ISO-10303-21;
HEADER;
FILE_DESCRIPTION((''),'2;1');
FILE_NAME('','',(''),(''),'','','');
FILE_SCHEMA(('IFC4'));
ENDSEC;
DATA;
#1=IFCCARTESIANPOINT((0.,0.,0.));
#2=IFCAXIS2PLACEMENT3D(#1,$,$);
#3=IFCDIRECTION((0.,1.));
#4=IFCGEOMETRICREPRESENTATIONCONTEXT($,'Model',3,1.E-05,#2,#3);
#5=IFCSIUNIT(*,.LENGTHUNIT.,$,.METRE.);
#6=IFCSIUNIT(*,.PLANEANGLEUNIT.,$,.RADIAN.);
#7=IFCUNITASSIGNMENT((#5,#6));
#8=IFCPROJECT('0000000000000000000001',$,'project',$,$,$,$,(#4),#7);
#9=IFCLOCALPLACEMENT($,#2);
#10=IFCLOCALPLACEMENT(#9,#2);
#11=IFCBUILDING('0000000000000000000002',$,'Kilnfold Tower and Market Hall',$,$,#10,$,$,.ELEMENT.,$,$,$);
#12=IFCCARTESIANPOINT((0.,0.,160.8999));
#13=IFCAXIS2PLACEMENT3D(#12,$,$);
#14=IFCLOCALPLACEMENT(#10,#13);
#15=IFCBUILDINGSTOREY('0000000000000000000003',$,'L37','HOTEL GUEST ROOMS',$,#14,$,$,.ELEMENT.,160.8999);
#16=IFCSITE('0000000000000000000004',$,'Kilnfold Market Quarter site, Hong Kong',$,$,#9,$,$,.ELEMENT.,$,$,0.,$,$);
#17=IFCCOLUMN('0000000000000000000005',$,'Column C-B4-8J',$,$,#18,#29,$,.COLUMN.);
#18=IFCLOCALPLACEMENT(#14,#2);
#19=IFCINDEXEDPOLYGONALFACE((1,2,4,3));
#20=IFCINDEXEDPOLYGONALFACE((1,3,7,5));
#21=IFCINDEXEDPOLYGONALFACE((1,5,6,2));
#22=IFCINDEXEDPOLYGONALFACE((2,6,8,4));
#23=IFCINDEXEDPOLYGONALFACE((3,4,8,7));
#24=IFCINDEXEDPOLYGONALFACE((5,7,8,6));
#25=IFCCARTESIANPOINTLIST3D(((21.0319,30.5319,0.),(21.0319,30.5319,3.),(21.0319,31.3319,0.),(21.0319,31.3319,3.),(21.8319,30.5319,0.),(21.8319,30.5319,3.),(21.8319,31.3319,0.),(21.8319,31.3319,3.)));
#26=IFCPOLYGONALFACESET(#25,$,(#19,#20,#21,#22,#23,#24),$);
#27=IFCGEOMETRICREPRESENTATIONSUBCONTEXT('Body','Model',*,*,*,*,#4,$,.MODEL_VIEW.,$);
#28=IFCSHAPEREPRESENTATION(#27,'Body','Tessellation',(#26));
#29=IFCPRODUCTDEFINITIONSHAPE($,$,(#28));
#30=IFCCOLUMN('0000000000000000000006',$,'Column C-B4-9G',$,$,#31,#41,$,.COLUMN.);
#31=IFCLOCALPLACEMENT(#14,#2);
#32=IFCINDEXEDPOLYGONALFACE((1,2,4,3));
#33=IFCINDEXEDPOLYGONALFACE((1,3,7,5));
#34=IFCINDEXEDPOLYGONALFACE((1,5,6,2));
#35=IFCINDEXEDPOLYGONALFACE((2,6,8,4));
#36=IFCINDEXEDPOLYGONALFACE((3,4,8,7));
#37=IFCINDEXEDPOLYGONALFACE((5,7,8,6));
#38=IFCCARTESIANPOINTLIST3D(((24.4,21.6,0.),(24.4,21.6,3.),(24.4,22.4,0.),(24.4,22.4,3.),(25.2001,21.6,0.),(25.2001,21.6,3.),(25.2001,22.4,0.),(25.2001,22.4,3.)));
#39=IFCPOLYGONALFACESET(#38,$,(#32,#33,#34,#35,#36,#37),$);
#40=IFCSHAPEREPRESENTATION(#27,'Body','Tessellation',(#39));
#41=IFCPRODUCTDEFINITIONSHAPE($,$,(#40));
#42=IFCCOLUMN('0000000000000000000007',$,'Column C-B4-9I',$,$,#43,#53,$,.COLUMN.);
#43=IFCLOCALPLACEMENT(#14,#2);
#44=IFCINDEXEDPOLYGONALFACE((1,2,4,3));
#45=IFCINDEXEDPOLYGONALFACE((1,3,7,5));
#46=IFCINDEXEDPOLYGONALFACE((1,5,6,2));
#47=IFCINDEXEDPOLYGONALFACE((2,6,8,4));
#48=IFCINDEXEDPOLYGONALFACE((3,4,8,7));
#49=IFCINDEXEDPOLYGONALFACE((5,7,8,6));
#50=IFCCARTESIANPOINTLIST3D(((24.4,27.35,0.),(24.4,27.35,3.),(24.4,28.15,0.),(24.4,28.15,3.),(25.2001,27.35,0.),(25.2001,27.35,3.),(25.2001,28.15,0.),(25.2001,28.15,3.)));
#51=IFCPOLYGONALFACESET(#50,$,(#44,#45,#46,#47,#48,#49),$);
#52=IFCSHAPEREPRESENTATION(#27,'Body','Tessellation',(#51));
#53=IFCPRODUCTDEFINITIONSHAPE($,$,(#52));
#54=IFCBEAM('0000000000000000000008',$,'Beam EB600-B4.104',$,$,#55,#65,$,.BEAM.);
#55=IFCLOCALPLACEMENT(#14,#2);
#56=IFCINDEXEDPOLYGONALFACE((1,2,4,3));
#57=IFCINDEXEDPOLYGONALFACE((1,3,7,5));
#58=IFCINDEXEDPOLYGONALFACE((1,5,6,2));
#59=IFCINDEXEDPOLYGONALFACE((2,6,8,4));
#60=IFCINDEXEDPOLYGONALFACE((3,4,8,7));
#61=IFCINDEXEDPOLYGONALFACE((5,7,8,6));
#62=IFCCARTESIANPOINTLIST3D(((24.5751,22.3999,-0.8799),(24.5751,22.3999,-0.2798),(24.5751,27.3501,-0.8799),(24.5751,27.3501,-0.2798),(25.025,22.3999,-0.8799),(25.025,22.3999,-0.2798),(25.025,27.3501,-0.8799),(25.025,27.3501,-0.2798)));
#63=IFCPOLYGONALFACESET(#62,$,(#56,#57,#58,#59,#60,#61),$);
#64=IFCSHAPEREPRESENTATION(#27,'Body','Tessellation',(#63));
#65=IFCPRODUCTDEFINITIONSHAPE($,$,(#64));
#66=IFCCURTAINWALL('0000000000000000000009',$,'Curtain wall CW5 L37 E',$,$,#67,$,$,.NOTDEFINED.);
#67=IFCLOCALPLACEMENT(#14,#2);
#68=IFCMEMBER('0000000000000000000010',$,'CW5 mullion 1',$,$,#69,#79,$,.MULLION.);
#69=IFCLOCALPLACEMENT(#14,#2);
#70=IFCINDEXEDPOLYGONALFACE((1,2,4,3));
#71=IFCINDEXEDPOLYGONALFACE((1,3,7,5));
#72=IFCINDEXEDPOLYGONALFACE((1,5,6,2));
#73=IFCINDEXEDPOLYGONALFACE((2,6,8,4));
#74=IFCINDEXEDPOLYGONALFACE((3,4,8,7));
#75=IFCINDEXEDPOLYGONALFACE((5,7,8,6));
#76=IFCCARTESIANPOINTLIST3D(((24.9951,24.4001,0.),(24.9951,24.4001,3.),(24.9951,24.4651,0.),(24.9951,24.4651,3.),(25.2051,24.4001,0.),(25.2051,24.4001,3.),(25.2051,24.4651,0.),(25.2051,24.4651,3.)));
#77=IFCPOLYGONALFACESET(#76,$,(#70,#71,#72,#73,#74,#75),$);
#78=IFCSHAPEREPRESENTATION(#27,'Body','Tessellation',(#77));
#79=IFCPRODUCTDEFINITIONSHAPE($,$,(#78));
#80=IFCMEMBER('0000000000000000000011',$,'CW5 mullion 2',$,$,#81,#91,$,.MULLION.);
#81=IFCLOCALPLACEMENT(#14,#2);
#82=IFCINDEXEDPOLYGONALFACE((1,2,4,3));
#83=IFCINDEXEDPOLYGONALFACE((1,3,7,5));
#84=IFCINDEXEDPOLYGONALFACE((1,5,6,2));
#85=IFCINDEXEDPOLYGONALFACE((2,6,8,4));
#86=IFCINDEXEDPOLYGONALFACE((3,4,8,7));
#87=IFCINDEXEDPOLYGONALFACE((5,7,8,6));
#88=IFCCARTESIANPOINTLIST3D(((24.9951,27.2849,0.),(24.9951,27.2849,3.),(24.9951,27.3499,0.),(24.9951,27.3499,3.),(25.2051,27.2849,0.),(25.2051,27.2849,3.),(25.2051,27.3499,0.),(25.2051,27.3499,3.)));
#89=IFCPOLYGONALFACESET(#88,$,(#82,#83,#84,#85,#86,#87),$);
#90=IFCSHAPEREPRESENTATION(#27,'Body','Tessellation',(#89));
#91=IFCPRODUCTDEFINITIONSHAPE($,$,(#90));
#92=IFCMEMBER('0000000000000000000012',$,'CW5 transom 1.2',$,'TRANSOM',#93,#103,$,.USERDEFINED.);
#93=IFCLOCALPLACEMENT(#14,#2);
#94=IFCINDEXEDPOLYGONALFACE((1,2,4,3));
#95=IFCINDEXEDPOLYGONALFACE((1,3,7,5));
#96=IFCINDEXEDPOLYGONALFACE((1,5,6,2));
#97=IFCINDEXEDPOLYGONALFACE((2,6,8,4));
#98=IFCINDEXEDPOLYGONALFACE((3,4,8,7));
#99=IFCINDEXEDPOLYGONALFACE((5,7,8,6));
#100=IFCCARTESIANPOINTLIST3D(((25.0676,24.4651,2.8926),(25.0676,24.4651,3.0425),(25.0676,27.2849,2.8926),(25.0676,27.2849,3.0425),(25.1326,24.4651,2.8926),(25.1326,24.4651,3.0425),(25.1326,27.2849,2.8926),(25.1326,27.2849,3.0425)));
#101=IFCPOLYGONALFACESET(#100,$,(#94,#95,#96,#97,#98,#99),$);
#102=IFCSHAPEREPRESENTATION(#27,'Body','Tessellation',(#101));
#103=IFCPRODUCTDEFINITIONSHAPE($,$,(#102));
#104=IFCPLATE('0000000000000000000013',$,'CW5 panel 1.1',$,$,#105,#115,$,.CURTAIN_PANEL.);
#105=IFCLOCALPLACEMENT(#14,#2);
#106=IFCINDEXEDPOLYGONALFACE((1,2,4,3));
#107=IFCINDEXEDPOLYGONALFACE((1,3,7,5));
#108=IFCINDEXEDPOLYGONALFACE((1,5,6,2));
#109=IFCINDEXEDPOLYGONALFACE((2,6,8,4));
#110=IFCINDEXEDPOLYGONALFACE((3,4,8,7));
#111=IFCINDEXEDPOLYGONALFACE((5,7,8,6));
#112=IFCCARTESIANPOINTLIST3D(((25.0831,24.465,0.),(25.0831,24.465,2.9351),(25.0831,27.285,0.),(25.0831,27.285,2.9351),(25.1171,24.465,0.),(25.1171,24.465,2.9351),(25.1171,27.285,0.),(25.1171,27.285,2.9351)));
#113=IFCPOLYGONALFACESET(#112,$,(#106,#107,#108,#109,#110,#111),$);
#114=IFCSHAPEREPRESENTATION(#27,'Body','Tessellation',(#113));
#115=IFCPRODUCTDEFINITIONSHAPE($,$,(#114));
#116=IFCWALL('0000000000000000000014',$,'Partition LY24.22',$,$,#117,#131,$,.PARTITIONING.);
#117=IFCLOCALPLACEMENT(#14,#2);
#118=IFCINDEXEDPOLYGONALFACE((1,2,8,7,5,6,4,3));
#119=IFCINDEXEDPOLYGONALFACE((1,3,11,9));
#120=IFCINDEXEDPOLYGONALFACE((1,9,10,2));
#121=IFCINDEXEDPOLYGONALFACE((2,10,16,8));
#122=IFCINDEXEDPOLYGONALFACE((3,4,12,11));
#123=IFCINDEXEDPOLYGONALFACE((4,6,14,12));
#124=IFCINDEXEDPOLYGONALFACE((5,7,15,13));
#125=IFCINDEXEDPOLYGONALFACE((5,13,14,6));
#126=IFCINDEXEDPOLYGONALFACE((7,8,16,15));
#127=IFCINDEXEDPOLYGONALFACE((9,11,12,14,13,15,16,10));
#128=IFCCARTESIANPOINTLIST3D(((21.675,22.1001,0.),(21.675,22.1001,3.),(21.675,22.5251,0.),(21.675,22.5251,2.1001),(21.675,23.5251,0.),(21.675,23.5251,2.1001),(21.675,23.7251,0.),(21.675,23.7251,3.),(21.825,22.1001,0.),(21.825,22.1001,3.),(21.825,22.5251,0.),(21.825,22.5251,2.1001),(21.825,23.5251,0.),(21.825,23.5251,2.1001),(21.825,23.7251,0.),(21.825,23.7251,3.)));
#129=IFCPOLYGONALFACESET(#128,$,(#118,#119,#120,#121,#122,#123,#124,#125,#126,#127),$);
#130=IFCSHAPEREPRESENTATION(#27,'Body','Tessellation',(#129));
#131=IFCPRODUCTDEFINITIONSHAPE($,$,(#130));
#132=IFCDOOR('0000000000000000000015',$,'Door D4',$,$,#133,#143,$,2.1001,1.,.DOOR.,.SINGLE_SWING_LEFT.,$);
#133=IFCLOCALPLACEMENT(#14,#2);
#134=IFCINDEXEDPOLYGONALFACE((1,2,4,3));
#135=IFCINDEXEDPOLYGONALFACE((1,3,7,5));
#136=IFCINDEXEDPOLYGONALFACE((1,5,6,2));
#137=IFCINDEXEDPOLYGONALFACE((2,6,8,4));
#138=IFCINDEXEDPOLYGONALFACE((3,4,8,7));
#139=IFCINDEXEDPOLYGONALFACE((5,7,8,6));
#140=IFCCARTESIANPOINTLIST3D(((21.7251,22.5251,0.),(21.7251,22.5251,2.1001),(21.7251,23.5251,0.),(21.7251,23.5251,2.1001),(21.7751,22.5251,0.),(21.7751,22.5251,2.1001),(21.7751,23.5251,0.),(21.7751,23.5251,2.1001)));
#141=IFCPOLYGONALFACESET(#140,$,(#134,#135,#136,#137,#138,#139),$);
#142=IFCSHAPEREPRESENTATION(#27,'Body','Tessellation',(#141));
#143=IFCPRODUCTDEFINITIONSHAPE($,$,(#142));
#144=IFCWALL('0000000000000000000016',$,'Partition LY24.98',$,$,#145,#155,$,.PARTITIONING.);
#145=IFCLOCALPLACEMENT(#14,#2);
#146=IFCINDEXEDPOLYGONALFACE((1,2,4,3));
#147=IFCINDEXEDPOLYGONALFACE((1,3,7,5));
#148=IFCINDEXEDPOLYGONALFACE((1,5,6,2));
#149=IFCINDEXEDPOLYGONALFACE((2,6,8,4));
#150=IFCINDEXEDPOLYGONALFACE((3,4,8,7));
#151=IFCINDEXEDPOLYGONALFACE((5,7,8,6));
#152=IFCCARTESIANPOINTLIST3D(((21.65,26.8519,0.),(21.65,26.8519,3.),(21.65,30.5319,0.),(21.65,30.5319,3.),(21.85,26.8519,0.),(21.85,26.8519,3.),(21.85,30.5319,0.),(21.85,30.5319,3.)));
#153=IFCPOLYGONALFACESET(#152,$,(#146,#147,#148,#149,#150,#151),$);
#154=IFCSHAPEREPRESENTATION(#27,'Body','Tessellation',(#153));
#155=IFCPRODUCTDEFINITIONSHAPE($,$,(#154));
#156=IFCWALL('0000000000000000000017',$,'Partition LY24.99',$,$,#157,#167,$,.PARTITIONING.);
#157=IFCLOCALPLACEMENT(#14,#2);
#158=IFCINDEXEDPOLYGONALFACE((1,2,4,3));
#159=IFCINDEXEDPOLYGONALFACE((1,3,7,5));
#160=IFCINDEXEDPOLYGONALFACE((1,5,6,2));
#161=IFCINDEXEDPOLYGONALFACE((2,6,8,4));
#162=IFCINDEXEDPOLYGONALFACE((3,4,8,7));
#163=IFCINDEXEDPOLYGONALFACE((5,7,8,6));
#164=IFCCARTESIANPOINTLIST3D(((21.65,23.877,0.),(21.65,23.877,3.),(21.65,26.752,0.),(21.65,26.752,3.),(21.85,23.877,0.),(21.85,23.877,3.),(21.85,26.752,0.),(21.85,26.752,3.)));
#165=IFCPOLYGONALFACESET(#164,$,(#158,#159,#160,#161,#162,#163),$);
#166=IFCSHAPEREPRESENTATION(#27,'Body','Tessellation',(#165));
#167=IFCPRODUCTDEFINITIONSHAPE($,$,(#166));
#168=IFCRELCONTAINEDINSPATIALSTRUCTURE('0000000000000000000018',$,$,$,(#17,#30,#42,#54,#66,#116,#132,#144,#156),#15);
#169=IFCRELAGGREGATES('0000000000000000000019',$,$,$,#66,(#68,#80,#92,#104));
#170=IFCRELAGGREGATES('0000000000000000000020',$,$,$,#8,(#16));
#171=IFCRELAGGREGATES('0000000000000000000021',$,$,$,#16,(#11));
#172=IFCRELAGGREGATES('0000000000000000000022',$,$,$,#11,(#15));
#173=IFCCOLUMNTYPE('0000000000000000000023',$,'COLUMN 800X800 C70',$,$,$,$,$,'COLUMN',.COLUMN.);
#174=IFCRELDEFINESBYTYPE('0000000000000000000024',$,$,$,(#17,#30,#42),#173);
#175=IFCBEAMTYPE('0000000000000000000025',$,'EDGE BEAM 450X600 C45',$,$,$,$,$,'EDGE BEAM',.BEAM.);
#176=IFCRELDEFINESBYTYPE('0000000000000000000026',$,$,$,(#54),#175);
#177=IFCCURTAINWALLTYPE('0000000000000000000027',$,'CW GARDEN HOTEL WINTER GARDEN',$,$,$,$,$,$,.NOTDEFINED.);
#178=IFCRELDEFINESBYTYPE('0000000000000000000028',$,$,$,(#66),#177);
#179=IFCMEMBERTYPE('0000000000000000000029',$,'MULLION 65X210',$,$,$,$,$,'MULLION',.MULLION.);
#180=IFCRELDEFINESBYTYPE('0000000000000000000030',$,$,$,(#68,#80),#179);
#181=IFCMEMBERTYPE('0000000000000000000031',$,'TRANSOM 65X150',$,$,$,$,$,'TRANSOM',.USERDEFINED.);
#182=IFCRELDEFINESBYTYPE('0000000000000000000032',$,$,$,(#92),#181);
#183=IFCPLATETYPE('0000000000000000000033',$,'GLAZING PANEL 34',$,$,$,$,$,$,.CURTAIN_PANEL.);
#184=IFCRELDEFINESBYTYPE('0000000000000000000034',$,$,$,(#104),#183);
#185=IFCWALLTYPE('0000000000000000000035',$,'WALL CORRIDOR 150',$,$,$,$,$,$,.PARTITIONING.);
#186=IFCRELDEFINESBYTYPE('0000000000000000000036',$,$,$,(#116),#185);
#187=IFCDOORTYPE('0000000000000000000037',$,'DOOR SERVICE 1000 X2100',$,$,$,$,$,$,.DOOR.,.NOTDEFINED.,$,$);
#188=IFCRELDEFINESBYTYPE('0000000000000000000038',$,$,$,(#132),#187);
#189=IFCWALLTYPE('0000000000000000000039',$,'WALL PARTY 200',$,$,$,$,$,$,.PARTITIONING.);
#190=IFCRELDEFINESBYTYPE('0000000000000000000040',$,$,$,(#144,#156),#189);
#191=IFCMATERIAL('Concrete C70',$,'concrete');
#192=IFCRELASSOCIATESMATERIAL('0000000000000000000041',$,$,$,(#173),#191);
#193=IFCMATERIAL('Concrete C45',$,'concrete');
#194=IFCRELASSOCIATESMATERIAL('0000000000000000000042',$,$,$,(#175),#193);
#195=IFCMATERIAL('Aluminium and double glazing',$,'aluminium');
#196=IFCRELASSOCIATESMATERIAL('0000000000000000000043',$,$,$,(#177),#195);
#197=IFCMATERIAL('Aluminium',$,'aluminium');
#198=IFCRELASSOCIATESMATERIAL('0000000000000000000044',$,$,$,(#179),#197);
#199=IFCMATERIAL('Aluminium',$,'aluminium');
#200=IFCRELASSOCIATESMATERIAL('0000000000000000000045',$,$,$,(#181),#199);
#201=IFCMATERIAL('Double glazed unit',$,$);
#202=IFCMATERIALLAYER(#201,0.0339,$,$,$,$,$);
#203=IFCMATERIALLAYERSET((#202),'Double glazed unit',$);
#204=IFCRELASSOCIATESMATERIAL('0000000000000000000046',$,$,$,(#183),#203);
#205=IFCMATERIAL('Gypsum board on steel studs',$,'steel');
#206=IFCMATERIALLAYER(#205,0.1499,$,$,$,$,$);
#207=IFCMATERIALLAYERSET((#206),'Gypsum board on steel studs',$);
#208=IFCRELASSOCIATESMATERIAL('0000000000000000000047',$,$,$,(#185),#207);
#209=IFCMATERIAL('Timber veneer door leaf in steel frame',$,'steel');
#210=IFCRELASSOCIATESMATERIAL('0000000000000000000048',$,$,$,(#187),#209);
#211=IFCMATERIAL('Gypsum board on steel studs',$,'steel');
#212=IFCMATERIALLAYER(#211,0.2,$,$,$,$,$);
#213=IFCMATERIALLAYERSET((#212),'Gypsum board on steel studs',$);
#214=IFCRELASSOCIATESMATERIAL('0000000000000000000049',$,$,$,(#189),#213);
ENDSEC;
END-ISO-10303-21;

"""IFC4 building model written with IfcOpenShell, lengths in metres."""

from ifc_helpers import new_model, si_unit, direction, frame, frame_2d, origin, origin_2d, place, context, subcontext, project, spatial, rectangle, extrude, source, transform, mapped, material, layer, layer_set, material_profile, profile_set, type_object, element, fill, aggregate, save


model = new_model("IFC4")

# Units and contexts
model_context = context("Model", 3, precision=1e-05, world=origin(), true_north=direction((0.0, 1.0)))
body_context = subcontext(model_context, "Body", "Model", "MODEL_VIEW")
ifc_project = project(units=[si_unit("LENGTHUNIT", "METRE"), si_unit("PLANEANGLEUNIT", "RADIAN")], contexts=[model_context])

# Site, building, storey
site_placement = place(None, origin())
site = spatial("IfcSite", under=ifc_project, at=site_placement, Name="Kilnfold Market Quarter site, Hong Kong", CompositionType="ELEMENT", RefElevation=0.0)
building_placement = place(site_placement, origin())
building = spatial("IfcBuilding", under=site, at=building_placement, Name="Kilnfold Tower and Market Hall", CompositionType="ELEMENT")
storey_placement = place(building_placement, frame((0.0, 0.0, 160.8999)))
storey = spatial("IfcBuildingStorey", under=building, at=storey_placement, Name="L37", Description="HOTEL GUEST ROOMS", CompositionType="ELEMENT", Elevation=160.8999)

# Columns
ifc_material_1 = material(Name="Concrete C70", Category="concrete")
ifc_material_profile_1 = material_profile(ifc_material_1, rectangle(XDim=0.8, YDim=0.8, at=origin_2d()), Name="RC 800x800")
ifc_profile_set_1 = profile_set([ifc_material_profile_1], Name="Concrete C70")
column_type = type_object("IfcColumnType", Name="COLUMN 800X800 C70", ElementType="COLUMN", PredefinedType="COLUMN", material=ifc_profile_set_1)
shared_shape_1 = source(origin(), body_context, "Body", "SweptSolid", [
    extrude(rectangle(XDim=0.8, YDim=0.8, at=origin_2d()), origin(), (0.0, 0.0, 1.0), 3.0),
])
for number, where, z_axis, x_axis, name in (
    (1, (21.4319, 30.9319, 0.0), (0.0, 0.0, 1.0), (1.0, 0.0, 0.0), "Column C-B4-8J"),
    (2, (24.8, 22.0, 0.0), (0.0, 0.0, 1.0), (1.0, 0.0, 0.0), "Column C-B4-9G"),
    (3, (24.8, 27.75, 0.0), (0.0, 0.0, 1.0), (1.0, 0.0, 0.0), "Column C-B4-9I"),
):
    element("IfcColumn", number, at=place(storey_placement, frame(where, z_axis=z_axis, x_axis=x_axis)), inside=storey, type_object=column_type, Name=name, PredefinedType="COLUMN", context=body_context, shape_type="MappedRepresentation", body=[
        mapped(shared_shape_1, transform((0.0, 0.0, 0.0))),
    ])

# Beam
ifc_material_2 = material(Name="Concrete C45", Category="concrete")
ifc_material_profile_2 = material_profile(ifc_material_2, rectangle(XDim=0.45, YDim=0.6001, at=origin_2d()), Name="RC 450x600")
ifc_profile_set_2 = profile_set([ifc_material_profile_2], Name="Concrete C45")
beam_type = type_object("IfcBeamType", Name="EDGE BEAM 450X600 C45", ElementType="EDGE BEAM", PredefinedType="BEAM", material=ifc_profile_set_2)
shared_shape_2 = source(origin(), body_context, "Body", "SweptSolid", [
    extrude(rectangle(XDim=0.45, YDim=0.6001, at=origin_2d()), origin(), (0.0, 0.0, 1.0), 4.9502),
])
beam_placement = place(storey_placement, frame((24.8, 22.3999, -0.5798), z_axis=(0.0, 1.0, 0.0), x_axis=(-1.0, 0.0, 0.0)))
element("IfcBeam", 4, at=beam_placement, inside=storey, type_object=beam_type, Name="Beam EB600-B4.104", PredefinedType="BEAM", context=body_context, shape_type="MappedRepresentation", body=[
    mapped(shared_shape_2, transform((0.0, 0.0, 0.0))),
])

# Curtain wall, members, plate
ifc_material_3 = material(Name="Aluminium and double glazing", Category="aluminium")
curtain_wall_type = type_object("IfcCurtainWallType", Name="CW GARDEN HOTEL WINTER GARDEN", PredefinedType="NOTDEFINED", material=ifc_material_3)
curtain_wall_placement = place(storey_placement, origin())
curtain_wall = element("IfcCurtainWall", 5, at=curtain_wall_placement, inside=storey, type_object=curtain_wall_type, Name="Curtain wall CW5 L37 E", PredefinedType="NOTDEFINED")
ifc_material_4 = material(Name="Aluminium", Category="aluminium")
ifc_material_profile_3 = material_profile(ifc_material_4, rectangle(XDim=0.0649, YDim=0.21, at=origin_2d()), Name="MULLION 65x210")
ifc_profile_set_3 = profile_set([ifc_material_profile_3], Name="Aluminium")
member_type_1 = type_object("IfcMemberType", Name="MULLION 65X210", ElementType="MULLION", PredefinedType="MULLION", material=ifc_profile_set_3)
shared_shape_3 = source(origin(), body_context, "Body", "SweptSolid", [
    extrude(rectangle(XDim=0.0649, YDim=0.21, at=origin_2d()), origin(), (0.0, 0.0, 1.0), 3.0),
])
member_1_placement = place(storey_placement, frame((25.1001, 24.4326, 0.0), z_axis=(0.0, 0.0, 1.0), x_axis=(0.0, 1.0, 0.0)))
member_1 = element("IfcMember", 6, at=member_1_placement, type_object=member_type_1, Name="CW5 mullion 1", PredefinedType="MULLION", context=body_context, shape_type="MappedRepresentation", body=[
    mapped(shared_shape_3, transform((0.0, 0.0, 0.0))),
])
member_2_placement = place(storey_placement, frame((25.1001, 27.3174, 0.0), z_axis=(0.0, 0.0, 1.0), x_axis=(0.0, 1.0, 0.0)))
member_2 = element("IfcMember", 7, at=member_2_placement, type_object=member_type_1, Name="CW5 mullion 2", PredefinedType="MULLION", context=body_context, shape_type="MappedRepresentation", body=[
    mapped(shared_shape_3, transform((0.0, 0.0, 0.0))),
])
ifc_material_5 = material(Name="Aluminium", Category="aluminium")
ifc_material_profile_4 = material_profile(ifc_material_5, rectangle(XDim=0.0649, YDim=0.1499, at=origin_2d()), Name="TRANSOM 65x150")
ifc_profile_set_4 = profile_set([ifc_material_profile_4], Name="Aluminium")
member_type_2 = type_object("IfcMemberType", Name="TRANSOM 65X150", ElementType="TRANSOM", PredefinedType="USERDEFINED", material=ifc_profile_set_4)
shared_shape_4 = source(origin(), body_context, "Body", "SweptSolid", [
    extrude(rectangle(XDim=0.0649, YDim=0.1499, at=origin_2d()), origin(), (0.0, 0.0, 1.0), 2.8198),
])
member_3_placement = place(storey_placement, frame((25.1001, 24.4651, 2.9675), z_axis=(0.0, 1.0, 0.0), x_axis=(-1.0, 0.0, 0.0)))
member_3 = element("IfcMember", 8, at=member_3_placement, type_object=member_type_2, Name="CW5 transom 1.2", ObjectType="TRANSOM", PredefinedType="USERDEFINED", context=body_context, shape_type="MappedRepresentation", body=[
    mapped(shared_shape_4, transform((0.0, 0.0, 0.0))),
])
ifc_material_6 = material(Name="Double glazed unit")
ifc_layer_1 = layer(ifc_material_6, 0.0339)
ifc_layer_set_1 = layer_set([ifc_layer_1], Name="Double glazed unit")
plate_type = type_object("IfcPlateType", Name="GLAZING PANEL 34", PredefinedType="CURTAIN_PANEL", material=ifc_layer_set_1)
shared_shape_5 = source(origin(), body_context, "Body", "SweptSolid", [
    extrude(rectangle(XDim=2.8201, YDim=0.0339, at=origin_2d()), origin(), (0.0, 0.0, 1.0), 2.9351),
])
plate_placement = place(storey_placement, frame((25.1001, 25.875, 0.0), z_axis=(0.0, 0.0, 1.0), x_axis=(0.0, 1.0, 0.0)))
plate = element("IfcPlate", 9, at=plate_placement, type_object=plate_type, Name="CW5 panel 1.1", PredefinedType="CURTAIN_PANEL", context=body_context, shape_type="MappedRepresentation", body=[
    mapped(shared_shape_5, transform((0.0, 0.0, 0.0))),
])
aggregate(curtain_wall, [member_1, member_2, member_3, plate])

# Wall, opening, door
ifc_material_7 = material(Name="Gypsum board on steel studs", Category="steel")
ifc_layer_2 = layer(ifc_material_7, 0.1499)
ifc_layer_set_2 = layer_set([ifc_layer_2], Name="Gypsum board on steel studs")
wall_type_1 = type_object("IfcWallType", Name="WALL CORRIDOR 150", PredefinedType="PARTITIONING", material=ifc_layer_set_2)
wall_1_placement = place(storey_placement, frame((21.75, 22.1001, 0.0), z_axis=(0.0, 0.0, 1.0), x_axis=(0.0, 1.0, 0.0)))
wall_1 = element("IfcWall", 10, at=wall_1_placement, inside=storey, type_object=wall_type_1, Name="Partition LY24.22", PredefinedType="PARTITIONING", context=body_context, shape_type="SweptSolid", body=[
    extrude(rectangle(XDim=1.625, YDim=0.1499, at=frame_2d((0.8125, 0.0))), origin(), (0.0, 0.0, 1.0), 3.0),
])
opening_1_placement = place(wall_1_placement, frame((0.425, 0.0, 0.0)))
opening_1 = element("IfcOpeningElement", 11, at=opening_1_placement, cuts=wall_1, PredefinedType="OPENING", context=body_context, shape_type="SweptSolid", body=[
    extrude(rectangle(XDim=1.0, YDim=2.1001, at=frame_2d((0.5, 1.05))), frame((0.0, 0.085, 0.0), z_axis=(0.0, -1.0, 0.0), x_axis=(1.0, 0.0, 0.0)), (0.0, 0.0, 1.0), 0.1699),
])
ifc_material_8 = material(Name="Timber veneer door leaf in steel frame", Category="steel")
door_type_1 = type_object("IfcDoorType", Name="DOOR SERVICE 1000 X2100", OperationType="NOTDEFINED", PredefinedType="DOOR", material=ifc_material_8)
door_1_placement = place(opening_1_placement, origin())
door_1 = element("IfcDoor", 12, at=door_1_placement, inside=storey, type_object=door_type_1, Name="Door D4", OperationType="SINGLE_SWING_LEFT", OverallHeight=2.1001, OverallWidth=1.0, PredefinedType="DOOR", context=body_context, shape_type="SweptSolid", body=[
    extrude(rectangle(XDim=1.0, YDim=2.1001, at=frame_2d((0.5, 1.05))), frame((0.0, 0.0249, 0.0), z_axis=(0.0, -1.0, 0.0), x_axis=(1.0, 0.0, 0.0)), (0.0, 0.0, 1.0), 0.05),
])
fill(opening_1, door_1)

# Walls
ifc_material_9 = material(Name="Gypsum board on steel studs", Category="steel")
ifc_layer_3 = layer(ifc_material_9, 0.2)
ifc_layer_set_3 = layer_set([ifc_layer_3], Name="Gypsum board on steel studs")
wall_type_2 = type_object("IfcWallType", Name="WALL PARTY 200", PredefinedType="PARTITIONING", material=ifc_layer_set_3)
wall_2_placement = place(storey_placement, frame((21.75, 26.8521, 0.0), z_axis=(0.0, 0.0, 1.0), x_axis=(0.0, 1.0, 0.0)))
element("IfcWall", 13, at=wall_2_placement, inside=storey, type_object=wall_type_2, Name="Partition LY24.98", PredefinedType="PARTITIONING", context=body_context, shape_type="SweptSolid", body=[
    extrude(rectangle(XDim=3.6799, YDim=0.2, at=frame_2d((1.8398, 0.0))), origin(), (0.0, 0.0, 1.0), 3.0),
])
wall_3_placement = place(storey_placement, frame((21.75, 23.877, 0.0), z_axis=(0.0, 0.0, 1.0), x_axis=(0.0, 1.0, 0.0)))
element("IfcWall", 14, at=wall_3_placement, inside=storey, type_object=wall_type_2, Name="Partition LY24.99", PredefinedType="PARTITIONING", context=body_context, shape_type="SweptSolid", body=[
    extrude(rectangle(XDim=2.875, YDim=0.2, at=frame_2d((1.4375, 0.0))), origin(), (0.0, 0.0, 1.0), 3.0),
])

save(model, "model.ifc")
